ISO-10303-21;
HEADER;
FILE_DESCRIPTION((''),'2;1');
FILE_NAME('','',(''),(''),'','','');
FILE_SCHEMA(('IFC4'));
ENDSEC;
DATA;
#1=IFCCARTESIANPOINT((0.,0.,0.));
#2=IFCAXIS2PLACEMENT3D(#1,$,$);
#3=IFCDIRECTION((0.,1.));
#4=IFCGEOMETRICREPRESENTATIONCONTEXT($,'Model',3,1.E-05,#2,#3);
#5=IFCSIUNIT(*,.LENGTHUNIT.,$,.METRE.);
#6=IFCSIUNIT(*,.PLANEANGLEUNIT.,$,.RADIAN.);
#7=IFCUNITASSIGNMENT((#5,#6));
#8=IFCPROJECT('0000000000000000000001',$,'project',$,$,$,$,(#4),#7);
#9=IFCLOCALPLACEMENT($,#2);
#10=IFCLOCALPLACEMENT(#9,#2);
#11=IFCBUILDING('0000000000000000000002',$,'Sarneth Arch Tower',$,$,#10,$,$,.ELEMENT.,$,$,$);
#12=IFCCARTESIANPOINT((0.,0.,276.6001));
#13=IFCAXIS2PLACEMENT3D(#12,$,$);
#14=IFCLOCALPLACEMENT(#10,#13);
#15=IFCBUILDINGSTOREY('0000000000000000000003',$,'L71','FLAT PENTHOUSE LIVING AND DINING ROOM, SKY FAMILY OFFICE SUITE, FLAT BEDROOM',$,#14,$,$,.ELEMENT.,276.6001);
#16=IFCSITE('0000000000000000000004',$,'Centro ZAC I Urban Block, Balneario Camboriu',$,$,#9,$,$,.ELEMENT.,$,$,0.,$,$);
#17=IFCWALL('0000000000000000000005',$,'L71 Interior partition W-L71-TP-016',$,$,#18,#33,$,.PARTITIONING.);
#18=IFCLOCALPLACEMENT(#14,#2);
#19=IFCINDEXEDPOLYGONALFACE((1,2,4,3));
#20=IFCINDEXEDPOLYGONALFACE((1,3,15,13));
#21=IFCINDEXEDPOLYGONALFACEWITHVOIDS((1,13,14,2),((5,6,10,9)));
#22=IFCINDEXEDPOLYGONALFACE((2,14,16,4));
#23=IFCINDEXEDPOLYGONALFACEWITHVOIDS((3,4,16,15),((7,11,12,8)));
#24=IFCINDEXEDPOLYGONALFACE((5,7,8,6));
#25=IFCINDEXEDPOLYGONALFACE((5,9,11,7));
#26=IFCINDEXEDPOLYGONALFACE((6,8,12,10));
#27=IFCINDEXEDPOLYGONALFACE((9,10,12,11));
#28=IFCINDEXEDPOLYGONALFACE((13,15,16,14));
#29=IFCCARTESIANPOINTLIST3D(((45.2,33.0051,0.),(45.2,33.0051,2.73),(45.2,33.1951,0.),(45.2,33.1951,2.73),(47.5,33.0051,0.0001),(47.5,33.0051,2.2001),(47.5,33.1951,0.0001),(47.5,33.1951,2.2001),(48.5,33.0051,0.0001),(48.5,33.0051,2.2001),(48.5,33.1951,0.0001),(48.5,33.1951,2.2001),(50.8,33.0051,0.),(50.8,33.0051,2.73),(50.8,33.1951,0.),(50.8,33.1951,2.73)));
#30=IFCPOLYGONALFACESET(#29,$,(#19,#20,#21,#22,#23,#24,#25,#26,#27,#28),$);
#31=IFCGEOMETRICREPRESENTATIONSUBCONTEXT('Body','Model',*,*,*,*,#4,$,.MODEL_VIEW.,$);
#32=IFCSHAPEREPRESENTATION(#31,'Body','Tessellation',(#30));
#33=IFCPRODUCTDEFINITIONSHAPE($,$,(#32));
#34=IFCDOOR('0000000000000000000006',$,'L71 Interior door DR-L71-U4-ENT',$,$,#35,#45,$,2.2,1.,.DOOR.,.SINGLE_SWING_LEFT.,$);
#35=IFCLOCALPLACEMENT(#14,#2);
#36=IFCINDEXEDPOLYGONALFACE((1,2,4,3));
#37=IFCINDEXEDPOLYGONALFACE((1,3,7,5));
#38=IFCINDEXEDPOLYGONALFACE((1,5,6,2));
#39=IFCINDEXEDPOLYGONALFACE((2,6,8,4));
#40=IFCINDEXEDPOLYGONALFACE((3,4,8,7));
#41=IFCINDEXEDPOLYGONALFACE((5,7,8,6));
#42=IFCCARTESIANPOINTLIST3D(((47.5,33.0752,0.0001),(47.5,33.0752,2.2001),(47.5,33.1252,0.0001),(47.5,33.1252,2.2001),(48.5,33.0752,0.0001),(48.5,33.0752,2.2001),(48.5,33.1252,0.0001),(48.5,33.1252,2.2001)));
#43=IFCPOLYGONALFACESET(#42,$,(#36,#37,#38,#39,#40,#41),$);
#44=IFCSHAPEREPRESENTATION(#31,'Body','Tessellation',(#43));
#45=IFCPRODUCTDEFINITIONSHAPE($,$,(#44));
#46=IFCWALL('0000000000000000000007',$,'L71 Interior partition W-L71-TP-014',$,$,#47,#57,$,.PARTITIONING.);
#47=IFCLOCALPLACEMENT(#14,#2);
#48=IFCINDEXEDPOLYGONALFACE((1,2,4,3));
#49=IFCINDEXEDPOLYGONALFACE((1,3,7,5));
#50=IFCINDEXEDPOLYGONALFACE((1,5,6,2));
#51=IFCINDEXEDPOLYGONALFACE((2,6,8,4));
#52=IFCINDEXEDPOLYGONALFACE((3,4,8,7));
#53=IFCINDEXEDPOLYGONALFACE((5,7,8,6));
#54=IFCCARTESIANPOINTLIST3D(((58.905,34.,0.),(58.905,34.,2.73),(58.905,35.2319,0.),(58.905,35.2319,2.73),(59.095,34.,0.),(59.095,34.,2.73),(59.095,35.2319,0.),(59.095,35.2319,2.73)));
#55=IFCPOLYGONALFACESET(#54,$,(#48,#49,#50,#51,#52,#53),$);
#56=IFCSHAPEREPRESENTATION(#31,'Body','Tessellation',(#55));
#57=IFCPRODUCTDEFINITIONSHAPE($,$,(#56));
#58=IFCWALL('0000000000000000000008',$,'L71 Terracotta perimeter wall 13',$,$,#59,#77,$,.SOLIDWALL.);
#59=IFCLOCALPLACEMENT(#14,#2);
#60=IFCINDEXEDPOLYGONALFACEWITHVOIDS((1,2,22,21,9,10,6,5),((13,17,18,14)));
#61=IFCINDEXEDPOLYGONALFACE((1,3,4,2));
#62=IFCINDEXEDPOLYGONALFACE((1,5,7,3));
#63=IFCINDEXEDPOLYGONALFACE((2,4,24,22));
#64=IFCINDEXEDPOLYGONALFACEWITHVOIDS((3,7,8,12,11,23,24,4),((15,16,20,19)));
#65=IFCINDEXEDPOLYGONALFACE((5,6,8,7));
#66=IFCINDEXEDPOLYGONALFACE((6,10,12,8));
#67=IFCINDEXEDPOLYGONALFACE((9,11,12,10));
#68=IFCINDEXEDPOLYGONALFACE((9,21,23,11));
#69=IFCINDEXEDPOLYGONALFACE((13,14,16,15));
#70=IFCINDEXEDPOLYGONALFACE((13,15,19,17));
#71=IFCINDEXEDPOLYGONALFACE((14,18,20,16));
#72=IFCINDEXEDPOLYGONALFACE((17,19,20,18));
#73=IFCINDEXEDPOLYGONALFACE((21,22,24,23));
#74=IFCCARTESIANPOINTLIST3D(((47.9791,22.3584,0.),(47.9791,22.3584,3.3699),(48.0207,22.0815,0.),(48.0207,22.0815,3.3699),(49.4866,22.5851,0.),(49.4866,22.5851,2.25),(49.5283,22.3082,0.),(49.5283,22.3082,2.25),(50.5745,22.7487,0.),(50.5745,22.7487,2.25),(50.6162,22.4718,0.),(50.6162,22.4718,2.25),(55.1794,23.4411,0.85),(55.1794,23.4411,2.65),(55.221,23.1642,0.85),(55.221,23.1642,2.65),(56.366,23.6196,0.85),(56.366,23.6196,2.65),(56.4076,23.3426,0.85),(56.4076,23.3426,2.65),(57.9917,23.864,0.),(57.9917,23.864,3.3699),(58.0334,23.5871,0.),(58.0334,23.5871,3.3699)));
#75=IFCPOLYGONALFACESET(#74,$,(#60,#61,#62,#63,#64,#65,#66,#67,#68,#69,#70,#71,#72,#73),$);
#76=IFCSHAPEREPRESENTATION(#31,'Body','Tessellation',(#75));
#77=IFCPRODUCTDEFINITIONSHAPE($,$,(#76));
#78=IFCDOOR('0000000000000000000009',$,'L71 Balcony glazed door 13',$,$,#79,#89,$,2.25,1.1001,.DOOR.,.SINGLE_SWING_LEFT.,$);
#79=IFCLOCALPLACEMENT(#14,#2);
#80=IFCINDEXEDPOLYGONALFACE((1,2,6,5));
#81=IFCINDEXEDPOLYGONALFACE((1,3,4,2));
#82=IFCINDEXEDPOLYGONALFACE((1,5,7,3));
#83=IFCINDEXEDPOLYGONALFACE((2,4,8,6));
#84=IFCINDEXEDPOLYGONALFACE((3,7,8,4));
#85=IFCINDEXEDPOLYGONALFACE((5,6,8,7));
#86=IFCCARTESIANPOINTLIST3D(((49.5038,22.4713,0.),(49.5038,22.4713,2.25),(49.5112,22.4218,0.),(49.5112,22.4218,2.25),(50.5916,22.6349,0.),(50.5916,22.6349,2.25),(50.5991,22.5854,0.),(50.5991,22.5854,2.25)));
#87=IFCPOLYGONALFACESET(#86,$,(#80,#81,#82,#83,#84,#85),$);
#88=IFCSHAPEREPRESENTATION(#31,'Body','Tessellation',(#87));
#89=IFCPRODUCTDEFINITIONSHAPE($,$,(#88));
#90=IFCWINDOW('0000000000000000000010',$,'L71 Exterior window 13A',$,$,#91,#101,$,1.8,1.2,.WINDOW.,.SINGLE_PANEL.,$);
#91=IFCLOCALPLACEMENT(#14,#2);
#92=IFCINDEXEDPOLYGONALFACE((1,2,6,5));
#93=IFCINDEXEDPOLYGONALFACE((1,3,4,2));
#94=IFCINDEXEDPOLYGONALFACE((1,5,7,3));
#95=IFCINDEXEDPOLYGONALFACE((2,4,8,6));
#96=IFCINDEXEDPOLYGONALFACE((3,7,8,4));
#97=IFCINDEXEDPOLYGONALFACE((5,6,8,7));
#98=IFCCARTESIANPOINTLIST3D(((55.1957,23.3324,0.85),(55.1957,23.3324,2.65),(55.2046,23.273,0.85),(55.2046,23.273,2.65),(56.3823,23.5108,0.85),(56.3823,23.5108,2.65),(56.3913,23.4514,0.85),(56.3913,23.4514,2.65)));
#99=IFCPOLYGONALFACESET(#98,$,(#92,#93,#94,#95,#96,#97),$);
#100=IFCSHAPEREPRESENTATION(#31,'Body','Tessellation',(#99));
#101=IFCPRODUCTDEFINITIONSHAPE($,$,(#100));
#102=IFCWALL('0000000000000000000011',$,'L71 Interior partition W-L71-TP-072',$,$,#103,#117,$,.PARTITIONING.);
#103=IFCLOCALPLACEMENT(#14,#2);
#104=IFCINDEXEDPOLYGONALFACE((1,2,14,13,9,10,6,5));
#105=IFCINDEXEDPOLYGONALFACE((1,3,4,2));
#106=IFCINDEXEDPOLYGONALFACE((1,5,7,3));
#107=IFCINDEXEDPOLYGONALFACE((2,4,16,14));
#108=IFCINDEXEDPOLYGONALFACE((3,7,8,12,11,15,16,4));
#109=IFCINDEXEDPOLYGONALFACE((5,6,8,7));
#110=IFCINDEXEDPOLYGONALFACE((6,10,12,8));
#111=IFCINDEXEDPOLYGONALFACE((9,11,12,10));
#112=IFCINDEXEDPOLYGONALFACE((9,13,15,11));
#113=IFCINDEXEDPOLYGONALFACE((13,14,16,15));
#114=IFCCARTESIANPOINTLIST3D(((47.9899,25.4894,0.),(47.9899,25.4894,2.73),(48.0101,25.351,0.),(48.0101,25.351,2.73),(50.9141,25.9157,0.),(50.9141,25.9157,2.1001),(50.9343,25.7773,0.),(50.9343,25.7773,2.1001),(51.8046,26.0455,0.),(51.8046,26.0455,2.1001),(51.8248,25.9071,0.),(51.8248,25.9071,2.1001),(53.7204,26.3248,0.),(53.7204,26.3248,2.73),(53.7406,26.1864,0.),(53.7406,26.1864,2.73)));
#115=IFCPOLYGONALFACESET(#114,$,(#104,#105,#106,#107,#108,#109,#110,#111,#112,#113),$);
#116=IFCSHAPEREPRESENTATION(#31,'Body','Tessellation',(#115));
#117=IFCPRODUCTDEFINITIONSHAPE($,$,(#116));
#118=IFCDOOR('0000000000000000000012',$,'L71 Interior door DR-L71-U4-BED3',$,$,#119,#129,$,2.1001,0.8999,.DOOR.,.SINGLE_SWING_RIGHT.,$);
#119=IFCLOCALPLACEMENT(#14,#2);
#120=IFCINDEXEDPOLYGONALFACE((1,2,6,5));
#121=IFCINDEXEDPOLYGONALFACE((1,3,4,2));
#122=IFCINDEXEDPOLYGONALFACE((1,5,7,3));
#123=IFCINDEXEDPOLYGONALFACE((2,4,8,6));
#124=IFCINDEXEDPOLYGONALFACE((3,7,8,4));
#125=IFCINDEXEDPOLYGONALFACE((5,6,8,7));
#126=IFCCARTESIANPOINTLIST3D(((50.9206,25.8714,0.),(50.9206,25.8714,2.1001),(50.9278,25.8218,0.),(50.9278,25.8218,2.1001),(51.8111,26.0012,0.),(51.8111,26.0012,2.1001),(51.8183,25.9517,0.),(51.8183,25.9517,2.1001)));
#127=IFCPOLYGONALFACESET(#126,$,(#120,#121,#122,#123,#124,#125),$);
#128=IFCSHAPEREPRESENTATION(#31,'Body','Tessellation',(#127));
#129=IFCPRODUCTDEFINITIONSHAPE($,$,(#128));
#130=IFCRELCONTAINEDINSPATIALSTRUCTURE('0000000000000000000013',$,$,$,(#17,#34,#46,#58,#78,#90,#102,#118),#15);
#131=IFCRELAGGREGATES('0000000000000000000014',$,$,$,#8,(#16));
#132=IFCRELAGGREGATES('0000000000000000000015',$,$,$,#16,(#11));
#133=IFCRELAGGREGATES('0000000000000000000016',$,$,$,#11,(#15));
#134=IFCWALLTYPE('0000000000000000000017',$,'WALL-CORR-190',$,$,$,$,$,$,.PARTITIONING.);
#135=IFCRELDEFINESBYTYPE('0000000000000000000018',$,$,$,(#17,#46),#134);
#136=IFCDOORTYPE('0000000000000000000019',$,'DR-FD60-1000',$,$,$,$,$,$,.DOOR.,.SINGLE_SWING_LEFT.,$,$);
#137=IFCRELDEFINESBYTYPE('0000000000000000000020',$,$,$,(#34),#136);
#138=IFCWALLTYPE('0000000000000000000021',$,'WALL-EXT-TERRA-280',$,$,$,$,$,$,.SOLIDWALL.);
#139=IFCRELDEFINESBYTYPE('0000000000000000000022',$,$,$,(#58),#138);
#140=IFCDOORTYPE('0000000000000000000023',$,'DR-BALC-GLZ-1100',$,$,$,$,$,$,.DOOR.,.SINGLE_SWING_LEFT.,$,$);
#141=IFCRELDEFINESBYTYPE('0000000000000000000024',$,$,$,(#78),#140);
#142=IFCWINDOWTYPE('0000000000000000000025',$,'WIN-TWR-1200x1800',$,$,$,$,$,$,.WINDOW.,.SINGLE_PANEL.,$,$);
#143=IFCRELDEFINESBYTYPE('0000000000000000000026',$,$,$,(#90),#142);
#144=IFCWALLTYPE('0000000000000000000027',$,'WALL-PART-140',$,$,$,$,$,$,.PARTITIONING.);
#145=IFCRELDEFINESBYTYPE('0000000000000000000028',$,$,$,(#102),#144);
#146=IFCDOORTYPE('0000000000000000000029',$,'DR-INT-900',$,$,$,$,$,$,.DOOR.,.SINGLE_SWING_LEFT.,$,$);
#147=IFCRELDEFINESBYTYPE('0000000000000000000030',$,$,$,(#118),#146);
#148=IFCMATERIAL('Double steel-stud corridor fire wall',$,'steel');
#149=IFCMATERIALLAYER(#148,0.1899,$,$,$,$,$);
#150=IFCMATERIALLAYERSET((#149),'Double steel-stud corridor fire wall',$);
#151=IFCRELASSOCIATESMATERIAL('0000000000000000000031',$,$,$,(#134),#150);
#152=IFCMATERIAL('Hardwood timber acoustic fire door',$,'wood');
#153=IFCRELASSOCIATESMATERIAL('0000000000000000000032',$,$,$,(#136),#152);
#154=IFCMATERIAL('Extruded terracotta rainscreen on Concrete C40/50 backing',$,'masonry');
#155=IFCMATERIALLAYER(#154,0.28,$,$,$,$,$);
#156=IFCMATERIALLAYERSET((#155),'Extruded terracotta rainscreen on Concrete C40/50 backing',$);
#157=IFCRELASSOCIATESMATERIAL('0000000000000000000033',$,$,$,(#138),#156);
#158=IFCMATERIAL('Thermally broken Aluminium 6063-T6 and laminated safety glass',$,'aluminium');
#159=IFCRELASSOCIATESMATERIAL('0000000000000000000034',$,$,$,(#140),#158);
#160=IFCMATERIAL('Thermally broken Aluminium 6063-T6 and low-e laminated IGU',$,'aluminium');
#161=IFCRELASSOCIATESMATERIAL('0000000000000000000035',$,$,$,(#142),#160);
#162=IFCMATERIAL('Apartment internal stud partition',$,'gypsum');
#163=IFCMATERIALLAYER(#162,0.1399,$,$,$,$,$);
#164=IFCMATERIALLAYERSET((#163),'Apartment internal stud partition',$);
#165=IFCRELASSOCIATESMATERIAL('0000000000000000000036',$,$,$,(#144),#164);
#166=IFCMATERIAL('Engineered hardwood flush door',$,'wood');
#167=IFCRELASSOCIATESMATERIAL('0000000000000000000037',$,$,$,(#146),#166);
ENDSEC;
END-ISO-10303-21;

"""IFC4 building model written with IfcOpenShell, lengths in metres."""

from ifc_helpers import new_model, si_unit, direction, frame, frame_2d, origin, place, context, subcontext, project, spatial, rectangle, extrude, material, layer, layer_set, type_object, element, fill, save


model = new_model("IFC4")

# Units and contexts
model_context = context("Model", 3, precision=1e-05, world=origin(), true_north=direction((0.0, 1.0)))
body_context = subcontext(model_context, "Body", "Model", "MODEL_VIEW")
ifc_project = project(units=[si_unit("LENGTHUNIT", "METRE"), si_unit("PLANEANGLEUNIT", "RADIAN")], contexts=[model_context])

# Site, building, storey
site_placement = place(None, origin())
site = spatial("IfcSite", under=ifc_project, at=site_placement, Name="Centro ZAC I Urban Block, Balneario Camboriu", CompositionType="ELEMENT", RefElevation=0.0)
building_placement = place(site_placement, origin())
building = spatial("IfcBuilding", under=site, at=building_placement, Name="Sarneth Arch Tower", CompositionType="ELEMENT")
storey_placement = place(building_placement, frame((0.0, 0.0, 276.6001)))
storey = spatial("IfcBuildingStorey", under=building, at=storey_placement, Name="L71", Description="FLAT PENTHOUSE LIVING AND DINING ROOM, SKY FAMILY OFFICE SUITE, FLAT BEDROOM", CompositionType="ELEMENT", Elevation=276.6001)

# Wall, opening, door
ifc_material_1 = material(Name="Double steel-stud corridor fire wall", Category="steel")
ifc_layer_1 = layer(ifc_material_1, 0.1899)
ifc_layer_set_1 = layer_set([ifc_layer_1], Name="Double steel-stud corridor fire wall")
wall_type_1 = type_object("IfcWallType", Name="WALL-CORR-190", PredefinedType="PARTITIONING", material=ifc_layer_set_1)
wall_1_placement = place(storey_placement, frame((50.8, 33.1001, 0.0), z_axis=(0.0, 0.0, 1.0), x_axis=(-1.0, 0.0, 0.0)))
wall_1 = element("IfcWall", 1, at=wall_1_placement, inside=storey, type_object=wall_type_1, Name="L71 Interior partition W-L71-TP-016", PredefinedType="PARTITIONING", context=body_context, shape_type="SweptSolid", body=[
    extrude(rectangle(XDim=5.6001, YDim=0.1899, at=frame_2d((2.8, 0.0))), origin(), (0.0, 0.0, 1.0), 2.73),
])
opening_1_placement = place(wall_1_placement, frame((2.3, 0.0, 0.0)))
opening_1 = element("IfcOpeningElement", 2, at=opening_1_placement, cuts=wall_1, PredefinedType="OPENING", context=body_context, shape_type="SweptSolid", body=[
    extrude(rectangle(XDim=1.0, YDim=2.2, at=frame_2d((0.5, 1.1001))), frame((0.0, 0.105, 0.0), z_axis=(0.0, -1.0, 0.0), x_axis=(1.0, 0.0, 0.0)), (0.0, 0.0, 1.0), 0.21),
])
ifc_material_2 = material(Name="Hardwood timber acoustic fire door", Category="wood")
door_type_1 = type_object("IfcDoorType", Name="DR-FD60-1000", OperationType="SINGLE_SWING_LEFT", PredefinedType="DOOR", material=ifc_material_2)
door_1_placement = place(opening_1_placement, origin())
door_1 = element("IfcDoor", 3, at=door_1_placement, inside=storey, type_object=door_type_1, Name="L71 Interior door DR-L71-U4-ENT", OperationType="SINGLE_SWING_LEFT", OverallHeight=2.2, OverallWidth=1.0, PredefinedType="DOOR", context=body_context, shape_type="SweptSolid", body=[
    extrude(rectangle(XDim=1.0, YDim=2.2, at=frame_2d((0.5, 1.1001))), frame((0.0, 0.0249, 0.0), z_axis=(0.0, -1.0, 0.0), x_axis=(1.0, 0.0, 0.0)), (0.0, 0.0, 1.0), 0.05),
])
fill(opening_1, door_1)

# Wall
wall_2_placement = place(storey_placement, frame((59.0, 34.0, 0.0), z_axis=(0.0, 0.0, 1.0), x_axis=(0.0, 1.0, 0.0)))
element("IfcWall", 4, at=wall_2_placement, inside=storey, type_object=wall_type_1, Name="L71 Interior partition W-L71-TP-014", PredefinedType="PARTITIONING", context=body_context, shape_type="SweptSolid", body=[
    extrude(rectangle(XDim=1.2319, YDim=0.1899, at=frame_2d((0.616, 0.0))), origin(), (0.0, 0.0, 1.0), 2.73),
])

# Wall, openings, door, window
ifc_material_3 = material(Name="Extruded terracotta rainscreen on Concrete C40/50 backing", Category="masonry")
ifc_layer_2 = layer(ifc_material_3, 0.28)
ifc_layer_set_2 = layer_set([ifc_layer_2], Name="Extruded terracotta rainscreen on Concrete C40/50 backing")
wall_type_2 = type_object("IfcWallType", Name="WALL-EXT-TERRA-280", PredefinedType="SOLIDWALL", material=ifc_layer_set_2)
wall_3_placement = place(storey_placement, frame((48.0, 22.22, 0.0), z_axis=(0.0, 0.0, 1.0), x_axis=(0.988883, 0.148699, 0.0)))
wall_3 = element("IfcWall", 5, at=wall_3_placement, inside=storey, type_object=wall_type_2, Name="L71 Terracotta perimeter wall 13", PredefinedType="SOLIDWALL", context=body_context, shape_type="SweptSolid", body=[
    extrude(rectangle(XDim=10.1252, YDim=0.28, at=frame_2d((5.0625, 0.0))), origin(), (0.0, 0.0, 1.0), 3.3699),
])
opening_2_placement = place(wall_3_placement, frame((1.5244, 0.0, 0.0)))
opening_2 = element("IfcOpeningElement", 6, at=opening_2_placement, cuts=wall_3, PredefinedType="OPENING", context=body_context, shape_type="SweptSolid", body=[
    extrude(rectangle(XDim=1.1001, YDim=2.25, at=frame_2d((0.55, 1.125))), frame((0.0, 0.1499, 0.0), z_axis=(0.0, -1.0, 0.0), x_axis=(1.0, 0.0, 0.0)), (0.0, 0.0, 1.0), 0.3),
])
opening_3_placement = place(wall_3_placement, frame((7.281, 0.0, 0.8501)))
opening_3 = element("IfcOpeningElement", 7, at=opening_3_placement, cuts=wall_3, PredefinedType="OPENING", context=body_context, shape_type="SweptSolid", body=[
    extrude(rectangle(XDim=1.2, YDim=1.8, at=frame_2d((0.6001, 0.8999))), frame((0.0, 0.1499, 0.0), z_axis=(0.0, -1.0, 0.0), x_axis=(1.0, 0.0, 0.0)), (0.0, 0.0, 1.0), 0.3),
])
ifc_material_4 = material(Name="Thermally broken Aluminium 6063-T6 and laminated safety glass", Category="aluminium")
door_type_2 = type_object("IfcDoorType", Name="DR-BALC-GLZ-1100", OperationType="SINGLE_SWING_LEFT", PredefinedType="DOOR", material=ifc_material_4)
door_2_placement = place(opening_2_placement, origin())
door_2 = element("IfcDoor", 8, at=door_2_placement, inside=storey, type_object=door_type_2, Name="L71 Balcony glazed door 13", OperationType="SINGLE_SWING_LEFT", OverallHeight=2.25, OverallWidth=1.1001, PredefinedType="DOOR", context=body_context, shape_type="SweptSolid", body=[
    extrude(rectangle(XDim=1.1001, YDim=2.25, at=frame_2d((0.55, 1.125))), frame((0.0, 0.0249, 0.0), z_axis=(0.0, -1.0, 0.0), x_axis=(1.0, 0.0, 0.0)), (0.0, 0.0, 1.0), 0.05),
])
fill(opening_2, door_2)
ifc_material_5 = material(Name="Thermally broken Aluminium 6063-T6 and low-e laminated IGU", Category="aluminium")
window_type = type_object("IfcWindowType", Name="WIN-TWR-1200x1800", PartitioningType="SINGLE_PANEL", PredefinedType="WINDOW", material=ifc_material_5)
window_placement = place(opening_3_placement, origin())
window = element("IfcWindow", 9, at=window_placement, inside=storey, type_object=window_type, Name="L71 Exterior window 13A", OverallHeight=1.8, OverallWidth=1.2, PartitioningType="SINGLE_PANEL", PredefinedType="WINDOW", context=body_context, shape_type="SweptSolid", body=[
    extrude(rectangle(XDim=1.2, YDim=1.8, at=frame_2d((0.6001, 0.8999))), frame((0.0, 0.03, 0.0), z_axis=(0.0, -1.0, 0.0), x_axis=(1.0, 0.0, 0.0)), (0.0, 0.0, 1.0), 0.0601),
])
fill(opening_3, window)

# Wall, opening, door
ifc_material_6 = material(Name="Apartment internal stud partition", Category="gypsum")
ifc_layer_3 = layer(ifc_material_6, 0.1399)
ifc_layer_set_3 = layer_set([ifc_layer_3], Name="Apartment internal stud partition")
wall_type_3 = type_object("IfcWallType", Name="WALL-PART-140", PredefinedType="PARTITIONING", material=ifc_layer_set_3)
wall_4_placement = place(storey_placement, frame((53.7305, 26.2556, 0.0), z_axis=(0.0, 0.0, 1.0), x_axis=(-0.989539, -0.144266, 0.0)))
wall_4 = element("IfcWall", 10, at=wall_4_placement, inside=storey, type_object=wall_type_3, Name="L71 Interior partition W-L71-TP-072", PredefinedType="PARTITIONING", context=body_context, shape_type="SweptSolid", body=[
    extrude(rectangle(XDim=5.791, YDim=0.1399, at=frame_2d((2.8955, 0.0))), origin(), (0.0, 0.0, 1.0), 2.73),
])
opening_4_placement = place(wall_4_placement, frame((1.936, 0.0, 0.0)))
opening_4 = element("IfcOpeningElement", 11, at=opening_4_placement, cuts=wall_4, PredefinedType="OPENING", context=body_context, shape_type="SweptSolid", body=[
    extrude(rectangle(XDim=0.8999, YDim=2.1001, at=frame_2d((0.45, 1.05))), frame((0.0, 0.0798, 0.0), z_axis=(0.0, -1.0, 0.0), x_axis=(1.0, 0.0, 0.0)), (0.0, 0.0, 1.0), 0.1599),
])
ifc_material_7 = material(Name="Engineered hardwood flush door", Category="wood")
door_type_3 = type_object("IfcDoorType", Name="DR-INT-900", OperationType="SINGLE_SWING_LEFT", PredefinedType="DOOR", material=ifc_material_7)
door_3_placement = place(opening_4_placement, origin())
door_3 = element("IfcDoor", 12, at=door_3_placement, inside=storey, type_object=door_type_3, Name="L71 Interior door DR-L71-U4-BED3", OperationType="SINGLE_SWING_RIGHT", OverallHeight=2.1001, OverallWidth=0.8999, PredefinedType="DOOR", context=body_context, shape_type="SweptSolid", body=[
    extrude(rectangle(XDim=0.8999, YDim=2.1001, at=frame_2d((0.45, 1.05))), frame((0.0, 0.0249, 0.0), z_axis=(0.0, -1.0, 0.0), x_axis=(1.0, 0.0, 0.0)), (0.0, 0.0, 1.0), 0.05),
])
fill(opening_4, door_3)

save(model, "model.ifc")
